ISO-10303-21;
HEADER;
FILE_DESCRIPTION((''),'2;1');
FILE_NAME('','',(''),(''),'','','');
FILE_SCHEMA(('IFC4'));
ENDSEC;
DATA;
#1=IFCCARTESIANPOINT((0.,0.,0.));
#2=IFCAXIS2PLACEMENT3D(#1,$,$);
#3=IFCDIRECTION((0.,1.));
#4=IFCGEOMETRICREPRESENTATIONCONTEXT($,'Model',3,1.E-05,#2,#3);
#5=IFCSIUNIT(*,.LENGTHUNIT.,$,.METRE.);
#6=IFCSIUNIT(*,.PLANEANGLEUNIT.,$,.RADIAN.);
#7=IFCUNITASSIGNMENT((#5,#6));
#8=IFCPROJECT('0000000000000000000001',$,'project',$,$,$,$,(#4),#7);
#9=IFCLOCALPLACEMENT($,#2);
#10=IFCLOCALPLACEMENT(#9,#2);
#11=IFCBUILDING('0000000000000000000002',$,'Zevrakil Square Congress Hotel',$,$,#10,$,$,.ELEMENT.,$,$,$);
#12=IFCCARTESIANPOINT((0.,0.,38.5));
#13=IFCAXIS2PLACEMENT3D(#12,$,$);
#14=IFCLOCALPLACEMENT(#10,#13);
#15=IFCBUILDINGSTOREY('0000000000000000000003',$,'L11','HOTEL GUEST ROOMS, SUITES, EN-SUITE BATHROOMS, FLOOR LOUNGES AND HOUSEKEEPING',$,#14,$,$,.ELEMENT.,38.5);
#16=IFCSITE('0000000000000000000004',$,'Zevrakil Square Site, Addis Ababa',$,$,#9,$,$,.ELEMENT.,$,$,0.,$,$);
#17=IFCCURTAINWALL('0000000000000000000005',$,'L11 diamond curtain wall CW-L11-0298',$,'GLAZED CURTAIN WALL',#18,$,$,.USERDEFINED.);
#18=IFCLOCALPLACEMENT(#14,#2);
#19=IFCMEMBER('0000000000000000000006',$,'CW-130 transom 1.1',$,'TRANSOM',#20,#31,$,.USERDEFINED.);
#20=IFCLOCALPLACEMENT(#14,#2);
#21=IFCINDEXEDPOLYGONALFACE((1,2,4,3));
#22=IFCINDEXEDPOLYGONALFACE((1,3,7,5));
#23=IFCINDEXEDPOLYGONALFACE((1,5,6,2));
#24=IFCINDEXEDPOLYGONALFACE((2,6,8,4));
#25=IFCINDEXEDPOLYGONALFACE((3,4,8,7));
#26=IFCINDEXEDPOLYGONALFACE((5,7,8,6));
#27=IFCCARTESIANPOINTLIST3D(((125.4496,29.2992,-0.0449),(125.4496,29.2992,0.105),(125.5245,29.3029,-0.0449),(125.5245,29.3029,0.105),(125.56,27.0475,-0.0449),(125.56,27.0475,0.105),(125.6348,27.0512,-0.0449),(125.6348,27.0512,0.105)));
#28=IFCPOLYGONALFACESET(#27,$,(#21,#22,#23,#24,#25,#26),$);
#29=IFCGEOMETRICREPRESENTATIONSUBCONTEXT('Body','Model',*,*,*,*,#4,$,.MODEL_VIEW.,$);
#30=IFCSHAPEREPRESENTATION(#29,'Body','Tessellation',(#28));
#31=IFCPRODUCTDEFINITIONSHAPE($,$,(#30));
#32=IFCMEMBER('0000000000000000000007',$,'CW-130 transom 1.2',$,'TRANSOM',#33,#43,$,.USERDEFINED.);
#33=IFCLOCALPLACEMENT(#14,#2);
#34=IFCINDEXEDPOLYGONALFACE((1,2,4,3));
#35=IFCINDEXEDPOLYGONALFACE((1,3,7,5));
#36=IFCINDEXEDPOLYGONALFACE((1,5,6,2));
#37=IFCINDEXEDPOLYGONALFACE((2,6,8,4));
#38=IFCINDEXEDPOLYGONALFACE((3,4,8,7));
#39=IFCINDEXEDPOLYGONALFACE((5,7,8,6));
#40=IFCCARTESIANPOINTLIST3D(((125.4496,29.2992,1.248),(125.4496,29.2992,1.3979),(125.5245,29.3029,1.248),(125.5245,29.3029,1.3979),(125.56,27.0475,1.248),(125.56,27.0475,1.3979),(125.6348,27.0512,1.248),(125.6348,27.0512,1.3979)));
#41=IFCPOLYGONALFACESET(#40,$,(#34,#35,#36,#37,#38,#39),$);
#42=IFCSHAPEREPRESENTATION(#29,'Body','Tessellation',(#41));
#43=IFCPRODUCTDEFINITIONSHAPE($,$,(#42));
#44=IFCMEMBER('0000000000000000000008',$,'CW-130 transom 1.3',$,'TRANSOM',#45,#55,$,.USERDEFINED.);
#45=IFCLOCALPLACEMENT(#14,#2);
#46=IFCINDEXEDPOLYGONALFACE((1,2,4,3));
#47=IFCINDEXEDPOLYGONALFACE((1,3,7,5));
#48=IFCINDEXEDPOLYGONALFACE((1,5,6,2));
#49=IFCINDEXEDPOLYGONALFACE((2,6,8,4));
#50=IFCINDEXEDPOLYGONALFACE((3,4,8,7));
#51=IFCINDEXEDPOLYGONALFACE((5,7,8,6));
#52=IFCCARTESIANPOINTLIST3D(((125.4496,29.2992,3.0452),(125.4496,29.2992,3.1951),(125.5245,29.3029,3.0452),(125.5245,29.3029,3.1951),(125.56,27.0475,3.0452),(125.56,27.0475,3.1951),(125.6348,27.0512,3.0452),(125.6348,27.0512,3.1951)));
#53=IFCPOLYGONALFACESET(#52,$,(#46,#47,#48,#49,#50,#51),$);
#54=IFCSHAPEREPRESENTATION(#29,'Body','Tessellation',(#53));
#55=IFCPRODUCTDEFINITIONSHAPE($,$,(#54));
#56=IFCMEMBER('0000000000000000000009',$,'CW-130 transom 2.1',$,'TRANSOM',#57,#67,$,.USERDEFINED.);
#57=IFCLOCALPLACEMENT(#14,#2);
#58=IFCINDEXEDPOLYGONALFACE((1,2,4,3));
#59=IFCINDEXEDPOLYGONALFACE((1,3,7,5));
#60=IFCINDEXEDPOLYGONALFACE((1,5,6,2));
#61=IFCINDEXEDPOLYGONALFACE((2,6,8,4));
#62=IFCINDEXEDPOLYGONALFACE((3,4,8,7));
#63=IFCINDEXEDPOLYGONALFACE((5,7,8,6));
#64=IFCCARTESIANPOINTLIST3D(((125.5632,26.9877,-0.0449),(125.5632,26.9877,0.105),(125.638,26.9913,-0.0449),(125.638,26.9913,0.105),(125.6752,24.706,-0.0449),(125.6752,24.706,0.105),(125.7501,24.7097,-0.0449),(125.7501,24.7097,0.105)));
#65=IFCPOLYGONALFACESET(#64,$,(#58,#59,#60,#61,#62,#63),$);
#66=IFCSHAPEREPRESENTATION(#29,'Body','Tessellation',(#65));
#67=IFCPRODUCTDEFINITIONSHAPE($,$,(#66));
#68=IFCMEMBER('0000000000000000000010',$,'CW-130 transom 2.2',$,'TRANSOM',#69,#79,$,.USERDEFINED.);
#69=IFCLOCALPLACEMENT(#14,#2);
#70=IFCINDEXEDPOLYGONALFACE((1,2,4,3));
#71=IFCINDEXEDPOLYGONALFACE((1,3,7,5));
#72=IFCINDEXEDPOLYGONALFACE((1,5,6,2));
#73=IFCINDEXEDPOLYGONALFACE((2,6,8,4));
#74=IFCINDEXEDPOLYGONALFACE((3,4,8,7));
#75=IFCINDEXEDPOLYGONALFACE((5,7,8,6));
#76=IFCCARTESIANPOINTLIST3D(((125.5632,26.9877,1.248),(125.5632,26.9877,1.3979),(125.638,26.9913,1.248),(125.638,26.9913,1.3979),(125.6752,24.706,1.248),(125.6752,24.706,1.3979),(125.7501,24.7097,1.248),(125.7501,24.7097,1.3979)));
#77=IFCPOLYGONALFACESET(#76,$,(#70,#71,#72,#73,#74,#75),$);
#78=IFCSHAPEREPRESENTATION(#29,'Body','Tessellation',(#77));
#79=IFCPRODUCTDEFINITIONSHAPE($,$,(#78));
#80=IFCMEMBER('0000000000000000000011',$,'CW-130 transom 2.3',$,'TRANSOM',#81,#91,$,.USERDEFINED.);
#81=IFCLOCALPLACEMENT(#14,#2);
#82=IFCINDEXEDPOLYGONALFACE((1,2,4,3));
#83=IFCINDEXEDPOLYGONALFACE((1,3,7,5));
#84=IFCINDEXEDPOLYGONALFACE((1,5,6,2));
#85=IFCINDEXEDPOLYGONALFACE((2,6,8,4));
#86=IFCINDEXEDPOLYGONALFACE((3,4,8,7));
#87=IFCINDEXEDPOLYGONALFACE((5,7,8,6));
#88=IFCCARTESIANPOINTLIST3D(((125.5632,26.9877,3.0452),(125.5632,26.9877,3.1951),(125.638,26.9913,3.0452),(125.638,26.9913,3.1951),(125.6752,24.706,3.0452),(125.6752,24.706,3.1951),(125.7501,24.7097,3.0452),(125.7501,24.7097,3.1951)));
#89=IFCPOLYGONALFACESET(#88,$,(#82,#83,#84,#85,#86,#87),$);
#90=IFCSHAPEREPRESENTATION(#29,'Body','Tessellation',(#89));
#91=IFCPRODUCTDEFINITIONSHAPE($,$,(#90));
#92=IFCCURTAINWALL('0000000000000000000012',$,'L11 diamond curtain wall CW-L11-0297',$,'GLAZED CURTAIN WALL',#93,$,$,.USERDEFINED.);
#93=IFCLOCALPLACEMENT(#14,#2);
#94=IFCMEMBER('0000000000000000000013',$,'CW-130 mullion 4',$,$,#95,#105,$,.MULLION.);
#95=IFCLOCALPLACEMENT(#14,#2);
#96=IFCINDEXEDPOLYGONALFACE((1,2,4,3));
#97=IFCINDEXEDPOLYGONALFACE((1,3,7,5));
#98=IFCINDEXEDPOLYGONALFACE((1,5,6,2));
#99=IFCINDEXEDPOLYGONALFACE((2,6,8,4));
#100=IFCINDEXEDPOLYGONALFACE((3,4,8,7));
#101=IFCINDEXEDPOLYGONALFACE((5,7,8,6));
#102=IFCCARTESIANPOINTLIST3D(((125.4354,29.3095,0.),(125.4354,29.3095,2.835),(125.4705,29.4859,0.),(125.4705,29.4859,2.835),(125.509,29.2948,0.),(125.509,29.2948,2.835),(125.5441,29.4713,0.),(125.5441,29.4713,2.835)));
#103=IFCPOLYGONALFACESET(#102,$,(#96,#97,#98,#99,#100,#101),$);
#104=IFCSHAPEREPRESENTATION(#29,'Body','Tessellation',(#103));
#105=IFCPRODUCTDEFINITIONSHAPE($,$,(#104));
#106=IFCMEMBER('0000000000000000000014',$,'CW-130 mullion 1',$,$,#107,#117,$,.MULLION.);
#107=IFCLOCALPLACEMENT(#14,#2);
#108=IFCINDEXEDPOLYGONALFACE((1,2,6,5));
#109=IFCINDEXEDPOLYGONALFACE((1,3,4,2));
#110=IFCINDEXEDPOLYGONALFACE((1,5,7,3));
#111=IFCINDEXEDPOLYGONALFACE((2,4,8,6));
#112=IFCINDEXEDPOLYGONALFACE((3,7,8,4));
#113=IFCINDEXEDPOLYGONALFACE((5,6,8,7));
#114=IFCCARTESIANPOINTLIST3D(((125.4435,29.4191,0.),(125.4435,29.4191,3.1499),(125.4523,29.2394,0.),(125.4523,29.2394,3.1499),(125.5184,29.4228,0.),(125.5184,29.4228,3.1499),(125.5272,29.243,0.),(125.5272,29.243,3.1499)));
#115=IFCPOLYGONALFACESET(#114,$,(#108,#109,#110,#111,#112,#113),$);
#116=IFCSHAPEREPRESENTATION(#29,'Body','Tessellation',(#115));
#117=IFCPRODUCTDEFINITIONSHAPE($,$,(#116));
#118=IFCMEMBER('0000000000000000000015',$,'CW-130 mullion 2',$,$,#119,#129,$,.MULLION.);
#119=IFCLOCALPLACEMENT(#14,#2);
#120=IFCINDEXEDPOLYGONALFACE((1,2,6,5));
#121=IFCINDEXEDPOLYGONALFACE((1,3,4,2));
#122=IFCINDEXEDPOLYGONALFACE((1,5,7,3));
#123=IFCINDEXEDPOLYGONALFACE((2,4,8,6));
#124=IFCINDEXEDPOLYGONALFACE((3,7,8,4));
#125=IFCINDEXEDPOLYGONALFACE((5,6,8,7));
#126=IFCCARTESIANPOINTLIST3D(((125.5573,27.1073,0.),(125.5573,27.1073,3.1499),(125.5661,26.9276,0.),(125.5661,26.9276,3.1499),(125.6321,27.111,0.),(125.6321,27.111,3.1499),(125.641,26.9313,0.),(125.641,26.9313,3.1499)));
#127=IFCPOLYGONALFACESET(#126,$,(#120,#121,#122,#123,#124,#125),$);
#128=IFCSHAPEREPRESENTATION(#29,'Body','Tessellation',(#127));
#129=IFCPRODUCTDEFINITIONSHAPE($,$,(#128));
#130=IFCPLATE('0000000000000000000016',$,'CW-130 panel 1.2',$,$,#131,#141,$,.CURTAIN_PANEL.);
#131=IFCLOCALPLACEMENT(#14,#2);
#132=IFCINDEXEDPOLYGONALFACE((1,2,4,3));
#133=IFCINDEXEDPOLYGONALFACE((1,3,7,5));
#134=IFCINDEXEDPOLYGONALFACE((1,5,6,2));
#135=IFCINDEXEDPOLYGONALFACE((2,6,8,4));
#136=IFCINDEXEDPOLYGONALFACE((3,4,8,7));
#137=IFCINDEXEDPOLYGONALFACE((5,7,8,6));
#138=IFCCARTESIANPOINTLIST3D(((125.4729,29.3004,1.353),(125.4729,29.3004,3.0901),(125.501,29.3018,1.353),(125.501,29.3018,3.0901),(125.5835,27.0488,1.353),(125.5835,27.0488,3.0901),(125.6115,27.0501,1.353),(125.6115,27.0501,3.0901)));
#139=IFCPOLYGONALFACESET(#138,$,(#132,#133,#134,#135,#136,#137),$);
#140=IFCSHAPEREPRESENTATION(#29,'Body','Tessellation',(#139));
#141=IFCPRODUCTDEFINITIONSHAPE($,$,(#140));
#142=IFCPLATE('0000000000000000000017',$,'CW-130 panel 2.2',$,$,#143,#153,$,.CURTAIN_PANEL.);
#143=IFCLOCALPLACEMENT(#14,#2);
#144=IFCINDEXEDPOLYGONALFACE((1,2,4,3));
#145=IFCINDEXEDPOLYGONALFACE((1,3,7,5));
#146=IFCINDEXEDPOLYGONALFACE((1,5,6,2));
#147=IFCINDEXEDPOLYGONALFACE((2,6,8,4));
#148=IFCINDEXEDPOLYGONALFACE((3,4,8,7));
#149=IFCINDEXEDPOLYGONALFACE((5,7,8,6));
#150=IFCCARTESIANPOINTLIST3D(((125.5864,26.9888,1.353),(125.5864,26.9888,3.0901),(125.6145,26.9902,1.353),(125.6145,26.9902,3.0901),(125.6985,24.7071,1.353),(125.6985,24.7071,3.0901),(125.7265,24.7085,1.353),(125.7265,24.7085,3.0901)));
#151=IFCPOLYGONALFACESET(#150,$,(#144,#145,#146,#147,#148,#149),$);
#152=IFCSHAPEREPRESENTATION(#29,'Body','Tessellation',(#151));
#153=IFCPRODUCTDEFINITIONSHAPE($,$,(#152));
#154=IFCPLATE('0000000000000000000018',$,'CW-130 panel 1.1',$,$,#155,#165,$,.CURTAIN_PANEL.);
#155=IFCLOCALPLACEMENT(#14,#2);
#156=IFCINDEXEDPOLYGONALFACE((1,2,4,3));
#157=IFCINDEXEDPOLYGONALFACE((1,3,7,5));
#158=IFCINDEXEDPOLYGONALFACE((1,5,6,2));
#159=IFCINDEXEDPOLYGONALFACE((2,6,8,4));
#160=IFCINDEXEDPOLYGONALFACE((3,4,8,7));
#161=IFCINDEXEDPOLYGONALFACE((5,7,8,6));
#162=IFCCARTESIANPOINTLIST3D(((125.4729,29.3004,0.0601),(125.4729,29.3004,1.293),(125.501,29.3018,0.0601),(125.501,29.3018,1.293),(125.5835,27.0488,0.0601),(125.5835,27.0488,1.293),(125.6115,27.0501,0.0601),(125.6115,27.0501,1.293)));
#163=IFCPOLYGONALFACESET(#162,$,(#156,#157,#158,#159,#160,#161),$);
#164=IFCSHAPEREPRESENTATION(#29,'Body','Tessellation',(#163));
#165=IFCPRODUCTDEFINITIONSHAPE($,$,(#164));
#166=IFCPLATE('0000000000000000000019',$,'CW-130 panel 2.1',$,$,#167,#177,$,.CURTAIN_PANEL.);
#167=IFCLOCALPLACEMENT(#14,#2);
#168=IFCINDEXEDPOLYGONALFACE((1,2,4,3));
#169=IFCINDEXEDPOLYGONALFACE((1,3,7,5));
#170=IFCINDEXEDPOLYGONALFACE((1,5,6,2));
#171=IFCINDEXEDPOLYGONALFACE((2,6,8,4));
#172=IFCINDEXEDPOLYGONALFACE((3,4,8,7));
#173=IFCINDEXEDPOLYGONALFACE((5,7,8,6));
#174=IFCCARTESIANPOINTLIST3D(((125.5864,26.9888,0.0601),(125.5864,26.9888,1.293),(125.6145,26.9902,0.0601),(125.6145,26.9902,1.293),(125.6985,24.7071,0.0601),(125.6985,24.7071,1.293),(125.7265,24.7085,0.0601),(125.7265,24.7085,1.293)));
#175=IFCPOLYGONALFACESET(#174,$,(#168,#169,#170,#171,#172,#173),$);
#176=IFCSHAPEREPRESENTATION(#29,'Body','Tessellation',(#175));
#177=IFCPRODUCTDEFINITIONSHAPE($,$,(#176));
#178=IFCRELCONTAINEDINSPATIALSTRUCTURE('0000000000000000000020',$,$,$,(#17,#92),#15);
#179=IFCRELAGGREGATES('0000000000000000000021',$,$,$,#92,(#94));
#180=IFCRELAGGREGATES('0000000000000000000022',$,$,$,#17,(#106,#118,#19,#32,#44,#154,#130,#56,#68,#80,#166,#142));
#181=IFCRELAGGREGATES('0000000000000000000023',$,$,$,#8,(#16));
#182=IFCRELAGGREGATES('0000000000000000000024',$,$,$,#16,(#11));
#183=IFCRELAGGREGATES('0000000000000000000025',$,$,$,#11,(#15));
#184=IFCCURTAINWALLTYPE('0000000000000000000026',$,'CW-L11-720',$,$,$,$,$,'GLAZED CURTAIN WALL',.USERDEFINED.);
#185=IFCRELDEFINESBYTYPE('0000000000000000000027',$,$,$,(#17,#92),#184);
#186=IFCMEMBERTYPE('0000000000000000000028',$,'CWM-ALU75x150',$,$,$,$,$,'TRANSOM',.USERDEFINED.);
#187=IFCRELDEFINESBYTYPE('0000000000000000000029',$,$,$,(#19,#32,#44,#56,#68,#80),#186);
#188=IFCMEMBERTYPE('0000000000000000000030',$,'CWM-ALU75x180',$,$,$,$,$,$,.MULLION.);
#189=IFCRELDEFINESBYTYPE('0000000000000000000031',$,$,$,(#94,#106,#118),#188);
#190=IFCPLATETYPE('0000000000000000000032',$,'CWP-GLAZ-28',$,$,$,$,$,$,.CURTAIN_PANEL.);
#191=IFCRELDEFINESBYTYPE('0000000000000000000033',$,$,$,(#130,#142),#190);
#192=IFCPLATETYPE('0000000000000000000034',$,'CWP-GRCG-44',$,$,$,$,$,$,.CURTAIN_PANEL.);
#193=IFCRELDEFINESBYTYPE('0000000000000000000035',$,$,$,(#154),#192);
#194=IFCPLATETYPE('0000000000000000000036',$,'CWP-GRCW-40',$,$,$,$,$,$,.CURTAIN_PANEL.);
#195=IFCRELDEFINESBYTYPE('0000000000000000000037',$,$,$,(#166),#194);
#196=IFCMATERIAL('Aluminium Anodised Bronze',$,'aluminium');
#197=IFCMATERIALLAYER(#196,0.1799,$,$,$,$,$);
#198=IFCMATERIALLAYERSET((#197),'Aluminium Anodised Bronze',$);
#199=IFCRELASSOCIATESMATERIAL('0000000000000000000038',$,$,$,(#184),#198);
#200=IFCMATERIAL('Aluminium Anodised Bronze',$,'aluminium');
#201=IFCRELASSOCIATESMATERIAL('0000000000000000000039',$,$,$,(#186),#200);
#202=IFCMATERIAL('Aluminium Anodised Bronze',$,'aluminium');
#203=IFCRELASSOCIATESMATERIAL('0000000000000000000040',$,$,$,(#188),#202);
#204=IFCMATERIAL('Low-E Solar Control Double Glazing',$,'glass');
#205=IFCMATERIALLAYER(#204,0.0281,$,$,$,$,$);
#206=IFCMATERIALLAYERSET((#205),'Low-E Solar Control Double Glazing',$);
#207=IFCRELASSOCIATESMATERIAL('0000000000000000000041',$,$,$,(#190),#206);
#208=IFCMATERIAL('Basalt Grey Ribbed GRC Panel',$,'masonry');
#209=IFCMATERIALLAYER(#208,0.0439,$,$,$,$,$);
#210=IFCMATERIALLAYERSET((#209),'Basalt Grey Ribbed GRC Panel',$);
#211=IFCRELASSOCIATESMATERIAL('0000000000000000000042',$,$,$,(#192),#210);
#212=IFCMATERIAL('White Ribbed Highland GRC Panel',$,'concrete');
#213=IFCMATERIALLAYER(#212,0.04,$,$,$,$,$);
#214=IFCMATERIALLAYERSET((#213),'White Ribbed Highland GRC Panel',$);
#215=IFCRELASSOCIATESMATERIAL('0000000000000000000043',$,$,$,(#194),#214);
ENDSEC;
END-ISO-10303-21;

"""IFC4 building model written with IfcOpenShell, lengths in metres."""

from ifc_helpers import new_model, si_unit, direction, frame, origin, origin_2d, place, context, subcontext, project, spatial, rectangle, extrude, material, layer, layer_set, material_profile, profile_set, type_object, element, aggregate, save


model = new_model("IFC4")

# Units and contexts
model_context = context("Model", 3, precision=1e-05, world=origin(), true_north=direction((0.0, 1.0)))
body_context = subcontext(model_context, "Body", "Model", "MODEL_VIEW")
ifc_project = project(units=[si_unit("LENGTHUNIT", "METRE"), si_unit("PLANEANGLEUNIT", "RADIAN")], contexts=[model_context])

# Site, building, storey
site_placement = place(None, origin())
site = spatial("IfcSite", under=ifc_project, at=site_placement, Name="Zevrakil Square Site, Addis Ababa", CompositionType="ELEMENT", RefElevation=0.0)
building_placement = place(site_placement, origin())
building = spatial("IfcBuilding", under=site, at=building_placement, Name="Zevrakil Square Congress Hotel", CompositionType="ELEMENT")
storey_placement = place(building_placement, frame((0.0, 0.0, 38.5)))
storey = spatial("IfcBuildingStorey", under=building, at=storey_placement, Name="L11", Description="HOTEL GUEST ROOMS, SUITES, EN-SUITE BATHROOMS, FLOOR LOUNGES AND HOUSEKEEPING", CompositionType="ELEMENT", Elevation=38.5)

# Curtain wall, members
ifc_material_1 = material(Name="Aluminium Anodised Bronze", Category="aluminium")
ifc_layer_1 = layer(ifc_material_1, 0.1799)
ifc_layer_set_1 = layer_set([ifc_layer_1], Name="Aluminium Anodised Bronze")
curtain_wall_type = type_object("IfcCurtainWallType", Name="CW-L11-720", ElementType="GLAZED CURTAIN WALL", PredefinedType="USERDEFINED", material=ifc_layer_set_1)
curtain_wall_1_placement = place(storey_placement, origin())
curtain_wall_1 = element("IfcCurtainWall", 1, at=curtain_wall_1_placement, inside=storey, type_object=curtain_wall_type, Name="L11 diamond curtain wall CW-L11-0298", ObjectType="GLAZED CURTAIN WALL", PredefinedType="USERDEFINED")
ifc_material_2 = material(Name="Aluminium Anodised Bronze", Category="aluminium")
ifc_material_profile_1 = material_profile(ifc_material_2, rectangle(XDim=0.075, YDim=0.1499, at=origin_2d()), Name="ALU 75x150")
ifc_profile_set_1 = profile_set([ifc_material_profile_1], Name="Aluminium Anodised Bronze")
member_type_1 = type_object("IfcMemberType", Name="CWM-ALU75x150", ElementType="TRANSOM", PredefinedType="USERDEFINED", material=ifc_profile_set_1)
member_1_placement = place(storey_placement, frame((125.4871, 29.301, 0.03), z_axis=(0.048949, -0.998801, 0.0), x_axis=(0.998801, 0.048949, 0.0)))
member_1 = element("IfcMember", 2, at=member_1_placement, type_object=member_type_1, Name="CW-130 transom 1.1", ObjectType="TRANSOM", PredefinedType="USERDEFINED", context=body_context, shape_type="SweptSolid", body=[
    extrude(rectangle(XDim=0.075, YDim=0.1499, at=origin_2d()), origin(), (0.0, 0.0, 1.0), 2.2544),
])
member_2_placement = place(storey_placement, frame((125.4871, 29.301, 1.323), z_axis=(0.048949, -0.998801, 0.0), x_axis=(0.998801, 0.048949, 0.0)))
member_2 = element("IfcMember", 3, at=member_2_placement, type_object=member_type_1, Name="CW-130 transom 1.2", ObjectType="TRANSOM", PredefinedType="USERDEFINED", context=body_context, shape_type="SweptSolid", body=[
    extrude(rectangle(XDim=0.075, YDim=0.1499, at=origin_2d()), origin(), (0.0, 0.0, 1.0), 2.2544),
])
member_3_placement = place(storey_placement, frame((125.4871, 29.301, 3.1201), z_axis=(0.048949, -0.998801, 0.0), x_axis=(0.998801, 0.048949, 0.0)))
member_3 = element("IfcMember", 4, at=member_3_placement, type_object=member_type_1, Name="CW-130 transom 1.3", ObjectType="TRANSOM", PredefinedType="USERDEFINED", context=body_context, shape_type="SweptSolid", body=[
    extrude(rectangle(XDim=0.075, YDim=0.1499, at=origin_2d()), origin(), (0.0, 0.0, 1.0), 2.2544),
])
member_4_placement = place(storey_placement, frame((125.6006, 26.9895, 0.03), z_axis=(0.049053, -0.998796, 0.0), x_axis=(0.998796, 0.049053, 0.0)))
member_4 = element("IfcMember", 5, at=member_4_placement, type_object=member_type_1, Name="CW-130 transom 2.1", ObjectType="TRANSOM", PredefinedType="USERDEFINED", context=body_context, shape_type="SweptSolid", body=[
    extrude(rectangle(XDim=0.075, YDim=0.1499, at=origin_2d()), origin(), (0.0, 0.0, 1.0), 2.2844),
])
member_5_placement = place(storey_placement, frame((125.6006, 26.9895, 1.323), z_axis=(0.049053, -0.998796, 0.0), x_axis=(0.998796, 0.049053, 0.0)))
member_5 = element("IfcMember", 6, at=member_5_placement, type_object=member_type_1, Name="CW-130 transom 2.2", ObjectType="TRANSOM", PredefinedType="USERDEFINED", context=body_context, shape_type="SweptSolid", body=[
    extrude(rectangle(XDim=0.075, YDim=0.1499, at=origin_2d()), origin(), (0.0, 0.0, 1.0), 2.2844),
])
member_6_placement = place(storey_placement, frame((125.6006, 26.9895, 3.1201), z_axis=(0.049053, -0.998796, 0.0), x_axis=(0.998796, 0.049053, 0.0)))
member_6 = element("IfcMember", 7, at=member_6_placement, type_object=member_type_1, Name="CW-130 transom 2.3", ObjectType="TRANSOM", PredefinedType="USERDEFINED", context=body_context, shape_type="SweptSolid", body=[
    extrude(rectangle(XDim=0.075, YDim=0.1499, at=origin_2d()), origin(), (0.0, 0.0, 1.0), 2.2844),
])

# Curtain wall, member
curtain_wall_2_placement = place(storey_placement, origin())
curtain_wall_2 = element("IfcCurtainWall", 8, at=curtain_wall_2_placement, inside=storey, type_object=curtain_wall_type, Name="L11 diamond curtain wall CW-L11-0297", ObjectType="GLAZED CURTAIN WALL", PredefinedType="USERDEFINED")
ifc_material_3 = material(Name="Aluminium Anodised Bronze", Category="aluminium")
ifc_material_profile_2 = material_profile(ifc_material_3, rectangle(XDim=0.075, YDim=0.1799, at=origin_2d()), Name="ALU 75x180")
ifc_profile_set_2 = profile_set([ifc_material_profile_2], Name="Aluminium Anodised Bronze")
member_type_2 = type_object("IfcMemberType", Name="CWM-ALU75x180", PredefinedType="MULLION", material=ifc_profile_set_2)
member_7_placement = place(storey_placement, frame((125.4897, 29.3904, 0.0), z_axis=(0.0, 0.0, 1.0), x_axis=(0.980787, -0.195084, 0.0)))
member_7 = element("IfcMember", 9, at=member_7_placement, type_object=member_type_2, Name="CW-130 mullion 4", PredefinedType="MULLION", context=body_context, shape_type="SweptSolid", body=[
    extrude(rectangle(XDim=0.075, YDim=0.1799, at=origin_2d()), origin(), (0.0, 0.0, 1.0), 2.835),
])
aggregate(curtain_wall_2, [member_7])

# Members
member_8_placement = place(storey_placement, frame((125.4854, 29.3311, 0.0), z_axis=(0.0, 0.0, 1.0), x_axis=(0.998796, 0.049053, 0.0)))
member_8 = element("IfcMember", 10, at=member_8_placement, type_object=member_type_2, Name="CW-130 mullion 1", PredefinedType="MULLION", context=body_context, shape_type="SweptSolid", body=[
    extrude(rectangle(XDim=0.075, YDim=0.1799, at=origin_2d()), origin(), (0.0, 0.0, 1.0), 3.1499),
])
member_9_placement = place(storey_placement, frame((125.5991, 27.0193, 0.0), z_axis=(0.0, 0.0, 1.0), x_axis=(0.998796, 0.049053, 0.0)))
member_9 = element("IfcMember", 11, at=member_9_placement, type_object=member_type_2, Name="CW-130 mullion 2", PredefinedType="MULLION", context=body_context, shape_type="SweptSolid", body=[
    extrude(rectangle(XDim=0.075, YDim=0.1799, at=origin_2d()), origin(), (0.0, 0.0, 1.0), 3.1499),
])

# Plates
ifc_material_4 = material(Name="Low-E Solar Control Double Glazing", Category="glass")
ifc_layer_2 = layer(ifc_material_4, 0.0281)
ifc_layer_set_2 = layer_set([ifc_layer_2], Name="Low-E Solar Control Double Glazing")
plate_type_1 = type_object("IfcPlateType", Name="CWP-GLAZ-28", PredefinedType="CURTAIN_PANEL", material=ifc_layer_set_2)
plate_1_placement = place(storey_placement, frame((125.5422, 28.1753, 1.353), z_axis=(0.0, 0.0, 1.0), x_axis=(0.049053, -0.998796, 0.0)))
plate_1 = element("IfcPlate", 12, at=plate_1_placement, type_object=plate_type_1, Name="CW-130 panel 1.2", PredefinedType="CURTAIN_PANEL", context=body_context, shape_type="SweptSolid", body=[
    extrude(rectangle(XDim=2.2544, YDim=0.0281, at=origin_2d()), origin(), (0.0, 0.0, 1.0), 1.7371),
])
plate_2_placement = place(storey_placement, frame((125.6565, 25.8486, 1.353), z_axis=(0.0, 0.0, 1.0), x_axis=(0.049053, -0.998796, 0.0)))
plate_2 = element("IfcPlate", 13, at=plate_2_placement, type_object=plate_type_1, Name="CW-130 panel 2.2", PredefinedType="CURTAIN_PANEL", context=body_context, shape_type="SweptSolid", body=[
    extrude(rectangle(XDim=2.2844, YDim=0.0281, at=origin_2d()), origin(), (0.0, 0.0, 1.0), 1.7371),
])
ifc_material_5 = material(Name="Basalt Grey Ribbed GRC Panel", Category="masonry")
ifc_layer_3 = layer(ifc_material_5, 0.0439)
ifc_layer_set_3 = layer_set([ifc_layer_3], Name="Basalt Grey Ribbed GRC Panel")
plate_type_2 = type_object("IfcPlateType", Name="CWP-GRCG-44", PredefinedType="CURTAIN_PANEL", material=ifc_layer_set_3)
plate_3_placement = place(storey_placement, frame((125.5422, 28.1753, 0.0601), z_axis=(0.0, 0.0, 1.0), x_axis=(0.049053, -0.998796, 0.0)))
plate_3 = element("IfcPlate", 14, at=plate_3_placement, type_object=plate_type_2, Name="CW-130 panel 1.1", PredefinedType="CURTAIN_PANEL", context=body_context, shape_type="SweptSolid", body=[
    extrude(rectangle(XDim=2.2544, YDim=0.0281, at=origin_2d()), origin(), (0.0, 0.0, 1.0), 1.2329),
])
ifc_material_6 = material(Name="White Ribbed Highland GRC Panel", Category="concrete")
ifc_layer_4 = layer(ifc_material_6, 0.04)
ifc_layer_set_4 = layer_set([ifc_layer_4], Name="White Ribbed Highland GRC Panel")
plate_type_3 = type_object("IfcPlateType", Name="CWP-GRCW-40", PredefinedType="CURTAIN_PANEL", material=ifc_layer_set_4)
plate_4_placement = place(storey_placement, frame((125.6565, 25.8486, 0.0601), z_axis=(0.0, 0.0, 1.0), x_axis=(0.049053, -0.998796, 0.0)))
plate_4 = element("IfcPlate", 15, at=plate_4_placement, type_object=plate_type_3, Name="CW-130 panel 2.1", PredefinedType="CURTAIN_PANEL", context=body_context, shape_type="SweptSolid", body=[
    extrude(rectangle(XDim=2.2844, YDim=0.0281, at=origin_2d()), origin(), (0.0, 0.0, 1.0), 1.2329),
])
aggregate(curtain_wall_1, [member_8, member_9, member_1, member_2, member_3, plate_3, plate_1, member_4, member_5, member_6, plate_4, plate_2])

save(model, "model.ifc")
